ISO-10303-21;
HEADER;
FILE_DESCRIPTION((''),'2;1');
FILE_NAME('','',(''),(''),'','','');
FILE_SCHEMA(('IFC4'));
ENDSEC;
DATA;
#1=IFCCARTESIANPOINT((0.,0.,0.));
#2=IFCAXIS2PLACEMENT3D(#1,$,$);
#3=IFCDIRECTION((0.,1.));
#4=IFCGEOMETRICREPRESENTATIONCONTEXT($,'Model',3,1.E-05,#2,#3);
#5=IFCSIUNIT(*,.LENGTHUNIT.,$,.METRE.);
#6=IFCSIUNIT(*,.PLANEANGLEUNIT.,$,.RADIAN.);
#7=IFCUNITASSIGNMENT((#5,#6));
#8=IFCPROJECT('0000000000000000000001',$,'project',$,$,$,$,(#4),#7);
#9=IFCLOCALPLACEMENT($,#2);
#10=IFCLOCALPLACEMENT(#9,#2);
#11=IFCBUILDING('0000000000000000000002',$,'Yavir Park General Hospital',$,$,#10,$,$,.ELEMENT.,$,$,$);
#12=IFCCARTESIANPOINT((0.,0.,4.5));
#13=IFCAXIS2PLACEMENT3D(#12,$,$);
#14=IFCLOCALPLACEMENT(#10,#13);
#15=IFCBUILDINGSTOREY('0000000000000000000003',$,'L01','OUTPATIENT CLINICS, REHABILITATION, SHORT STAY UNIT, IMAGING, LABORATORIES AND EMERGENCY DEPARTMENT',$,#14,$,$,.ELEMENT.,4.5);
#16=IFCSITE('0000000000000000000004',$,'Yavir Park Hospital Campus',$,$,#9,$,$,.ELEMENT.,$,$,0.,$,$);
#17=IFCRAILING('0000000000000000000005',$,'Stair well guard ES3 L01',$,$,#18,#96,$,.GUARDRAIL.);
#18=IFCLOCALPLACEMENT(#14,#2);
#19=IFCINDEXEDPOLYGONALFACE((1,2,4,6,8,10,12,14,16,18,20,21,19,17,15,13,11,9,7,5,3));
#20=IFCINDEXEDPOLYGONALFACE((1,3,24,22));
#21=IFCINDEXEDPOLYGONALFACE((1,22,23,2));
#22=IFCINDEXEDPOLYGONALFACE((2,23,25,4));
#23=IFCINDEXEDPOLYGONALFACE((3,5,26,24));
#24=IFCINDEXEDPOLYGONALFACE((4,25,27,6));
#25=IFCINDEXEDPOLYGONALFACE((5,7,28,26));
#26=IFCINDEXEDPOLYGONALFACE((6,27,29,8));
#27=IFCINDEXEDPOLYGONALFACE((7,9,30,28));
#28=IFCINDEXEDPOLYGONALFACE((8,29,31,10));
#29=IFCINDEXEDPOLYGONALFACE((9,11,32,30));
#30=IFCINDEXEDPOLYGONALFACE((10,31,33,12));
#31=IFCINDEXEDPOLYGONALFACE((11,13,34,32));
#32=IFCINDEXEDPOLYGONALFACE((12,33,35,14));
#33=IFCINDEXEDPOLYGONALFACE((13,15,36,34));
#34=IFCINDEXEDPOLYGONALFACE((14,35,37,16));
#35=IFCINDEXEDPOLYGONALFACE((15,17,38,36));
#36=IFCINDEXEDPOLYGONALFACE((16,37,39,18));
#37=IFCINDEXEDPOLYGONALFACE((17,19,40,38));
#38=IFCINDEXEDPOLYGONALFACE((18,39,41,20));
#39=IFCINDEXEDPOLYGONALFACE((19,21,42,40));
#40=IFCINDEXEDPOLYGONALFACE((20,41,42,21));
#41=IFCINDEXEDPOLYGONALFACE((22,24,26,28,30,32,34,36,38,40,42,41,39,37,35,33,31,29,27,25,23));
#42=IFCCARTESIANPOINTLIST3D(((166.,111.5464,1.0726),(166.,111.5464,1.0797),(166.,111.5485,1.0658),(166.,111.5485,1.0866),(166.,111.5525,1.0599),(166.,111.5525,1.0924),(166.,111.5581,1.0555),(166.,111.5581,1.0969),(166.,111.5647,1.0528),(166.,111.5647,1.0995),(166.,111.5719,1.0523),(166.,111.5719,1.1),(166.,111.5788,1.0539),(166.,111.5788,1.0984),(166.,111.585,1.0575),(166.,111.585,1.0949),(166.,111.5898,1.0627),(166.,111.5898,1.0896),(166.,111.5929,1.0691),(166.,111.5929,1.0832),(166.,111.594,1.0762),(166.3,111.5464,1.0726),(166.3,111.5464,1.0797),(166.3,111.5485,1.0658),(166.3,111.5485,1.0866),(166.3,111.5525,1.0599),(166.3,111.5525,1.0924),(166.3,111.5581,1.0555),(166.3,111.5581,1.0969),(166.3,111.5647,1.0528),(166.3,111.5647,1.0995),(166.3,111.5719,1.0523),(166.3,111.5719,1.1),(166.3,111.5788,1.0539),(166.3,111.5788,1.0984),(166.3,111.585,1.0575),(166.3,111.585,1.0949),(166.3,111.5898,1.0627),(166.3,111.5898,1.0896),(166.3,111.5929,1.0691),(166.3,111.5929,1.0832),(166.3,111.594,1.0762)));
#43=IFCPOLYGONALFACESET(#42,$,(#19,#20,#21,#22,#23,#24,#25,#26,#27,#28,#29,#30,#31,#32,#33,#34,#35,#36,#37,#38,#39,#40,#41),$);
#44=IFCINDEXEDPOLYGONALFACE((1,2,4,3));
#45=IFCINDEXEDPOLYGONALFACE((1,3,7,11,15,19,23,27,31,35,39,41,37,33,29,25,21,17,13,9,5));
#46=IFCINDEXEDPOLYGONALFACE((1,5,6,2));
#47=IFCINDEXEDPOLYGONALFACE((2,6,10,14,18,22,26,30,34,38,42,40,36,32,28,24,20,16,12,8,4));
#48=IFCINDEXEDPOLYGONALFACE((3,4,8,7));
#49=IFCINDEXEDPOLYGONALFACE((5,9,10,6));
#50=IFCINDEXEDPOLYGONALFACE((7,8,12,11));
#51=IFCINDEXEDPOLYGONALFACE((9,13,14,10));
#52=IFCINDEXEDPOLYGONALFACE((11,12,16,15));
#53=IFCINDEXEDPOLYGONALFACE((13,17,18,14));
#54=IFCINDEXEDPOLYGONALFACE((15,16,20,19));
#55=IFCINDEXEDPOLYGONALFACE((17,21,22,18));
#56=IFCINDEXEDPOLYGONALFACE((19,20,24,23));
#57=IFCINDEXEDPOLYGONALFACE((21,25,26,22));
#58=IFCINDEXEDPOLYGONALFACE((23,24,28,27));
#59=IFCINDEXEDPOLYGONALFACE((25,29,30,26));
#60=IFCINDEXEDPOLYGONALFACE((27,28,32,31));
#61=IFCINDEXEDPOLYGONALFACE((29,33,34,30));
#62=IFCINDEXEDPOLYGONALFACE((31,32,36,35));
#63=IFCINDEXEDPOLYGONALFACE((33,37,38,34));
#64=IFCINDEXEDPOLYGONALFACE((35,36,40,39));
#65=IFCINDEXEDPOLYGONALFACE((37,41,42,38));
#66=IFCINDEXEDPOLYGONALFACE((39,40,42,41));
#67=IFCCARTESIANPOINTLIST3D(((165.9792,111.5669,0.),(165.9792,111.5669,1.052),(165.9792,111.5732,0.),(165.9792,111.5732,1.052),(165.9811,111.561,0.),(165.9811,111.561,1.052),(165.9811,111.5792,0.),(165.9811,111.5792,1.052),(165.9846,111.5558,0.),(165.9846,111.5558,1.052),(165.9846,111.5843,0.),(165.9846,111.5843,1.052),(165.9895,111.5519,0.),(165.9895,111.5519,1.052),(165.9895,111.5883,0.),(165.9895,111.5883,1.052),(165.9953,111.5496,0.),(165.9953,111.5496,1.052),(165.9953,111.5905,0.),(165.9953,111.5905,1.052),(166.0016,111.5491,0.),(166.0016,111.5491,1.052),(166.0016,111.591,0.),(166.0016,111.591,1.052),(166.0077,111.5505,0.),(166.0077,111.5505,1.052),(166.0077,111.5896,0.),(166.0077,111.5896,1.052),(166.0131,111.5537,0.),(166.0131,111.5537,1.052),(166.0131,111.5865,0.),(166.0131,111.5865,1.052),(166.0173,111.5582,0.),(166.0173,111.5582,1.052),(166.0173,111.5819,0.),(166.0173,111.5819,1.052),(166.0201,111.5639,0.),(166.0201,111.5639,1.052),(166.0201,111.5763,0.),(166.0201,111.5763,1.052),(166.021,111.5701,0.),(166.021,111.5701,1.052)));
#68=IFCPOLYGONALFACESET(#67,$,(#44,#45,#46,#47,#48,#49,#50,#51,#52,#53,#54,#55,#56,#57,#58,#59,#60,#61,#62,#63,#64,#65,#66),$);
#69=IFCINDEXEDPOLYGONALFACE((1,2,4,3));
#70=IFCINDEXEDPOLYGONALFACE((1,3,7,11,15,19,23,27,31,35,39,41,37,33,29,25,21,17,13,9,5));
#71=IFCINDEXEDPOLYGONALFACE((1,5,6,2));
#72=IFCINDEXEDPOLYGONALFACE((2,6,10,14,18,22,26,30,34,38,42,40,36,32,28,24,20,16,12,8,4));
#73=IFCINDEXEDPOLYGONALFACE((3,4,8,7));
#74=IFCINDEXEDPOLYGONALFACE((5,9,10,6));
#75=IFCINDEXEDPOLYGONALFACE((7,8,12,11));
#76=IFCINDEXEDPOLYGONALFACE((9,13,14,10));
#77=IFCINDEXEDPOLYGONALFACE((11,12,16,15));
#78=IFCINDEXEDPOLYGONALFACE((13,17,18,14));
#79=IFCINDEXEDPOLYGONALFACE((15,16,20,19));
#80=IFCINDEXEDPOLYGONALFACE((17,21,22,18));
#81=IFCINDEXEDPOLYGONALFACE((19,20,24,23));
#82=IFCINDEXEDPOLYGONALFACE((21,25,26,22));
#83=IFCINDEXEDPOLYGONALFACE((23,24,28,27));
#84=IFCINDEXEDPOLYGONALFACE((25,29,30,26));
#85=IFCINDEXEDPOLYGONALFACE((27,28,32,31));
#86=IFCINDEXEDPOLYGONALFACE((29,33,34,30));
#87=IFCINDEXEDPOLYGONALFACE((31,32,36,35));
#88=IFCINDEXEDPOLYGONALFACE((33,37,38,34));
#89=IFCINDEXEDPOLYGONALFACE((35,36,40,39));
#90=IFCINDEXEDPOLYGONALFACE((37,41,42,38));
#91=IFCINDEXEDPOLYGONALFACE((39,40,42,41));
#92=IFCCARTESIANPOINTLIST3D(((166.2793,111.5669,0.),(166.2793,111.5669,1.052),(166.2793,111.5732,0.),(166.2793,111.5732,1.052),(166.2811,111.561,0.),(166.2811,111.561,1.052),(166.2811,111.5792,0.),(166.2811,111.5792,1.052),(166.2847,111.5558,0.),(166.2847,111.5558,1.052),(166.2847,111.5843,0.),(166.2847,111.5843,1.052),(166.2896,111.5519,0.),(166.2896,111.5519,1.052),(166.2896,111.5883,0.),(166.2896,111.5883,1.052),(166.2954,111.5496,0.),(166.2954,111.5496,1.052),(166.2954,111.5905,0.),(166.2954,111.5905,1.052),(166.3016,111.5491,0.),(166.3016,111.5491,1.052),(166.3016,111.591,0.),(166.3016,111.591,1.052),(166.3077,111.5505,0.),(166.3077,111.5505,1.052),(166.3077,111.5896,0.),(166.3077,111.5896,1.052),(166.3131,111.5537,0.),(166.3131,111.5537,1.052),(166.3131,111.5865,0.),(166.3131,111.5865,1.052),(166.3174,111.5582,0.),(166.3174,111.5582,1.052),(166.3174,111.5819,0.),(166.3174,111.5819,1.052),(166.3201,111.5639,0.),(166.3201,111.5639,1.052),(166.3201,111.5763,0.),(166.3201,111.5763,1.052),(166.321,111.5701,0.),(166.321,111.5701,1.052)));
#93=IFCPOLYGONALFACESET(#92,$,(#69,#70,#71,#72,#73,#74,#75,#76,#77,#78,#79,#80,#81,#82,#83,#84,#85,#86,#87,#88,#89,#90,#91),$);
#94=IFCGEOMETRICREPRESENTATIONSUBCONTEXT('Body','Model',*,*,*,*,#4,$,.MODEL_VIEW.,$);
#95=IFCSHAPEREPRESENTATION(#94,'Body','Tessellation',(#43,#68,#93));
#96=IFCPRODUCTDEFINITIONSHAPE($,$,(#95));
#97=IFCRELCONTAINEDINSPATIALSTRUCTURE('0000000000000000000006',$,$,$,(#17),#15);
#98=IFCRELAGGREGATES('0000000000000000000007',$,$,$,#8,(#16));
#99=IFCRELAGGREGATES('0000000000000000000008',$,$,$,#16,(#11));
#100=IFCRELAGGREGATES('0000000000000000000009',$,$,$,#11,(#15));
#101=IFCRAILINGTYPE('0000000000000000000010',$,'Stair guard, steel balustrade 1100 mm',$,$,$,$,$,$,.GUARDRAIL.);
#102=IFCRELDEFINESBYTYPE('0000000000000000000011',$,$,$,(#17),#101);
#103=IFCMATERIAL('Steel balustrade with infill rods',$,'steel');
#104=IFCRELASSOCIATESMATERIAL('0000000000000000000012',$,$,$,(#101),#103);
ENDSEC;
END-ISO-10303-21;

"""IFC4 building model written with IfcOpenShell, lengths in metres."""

from ifc_helpers import new_model, si_unit, direction, frame, origin, origin_2d, place, context, subcontext, project, spatial, circle, extrude, material, type_object, element, save


model = new_model("IFC4")

# Units and contexts
model_context = context("Model", 3, precision=1e-05, world=origin(), true_north=direction((0.0, 1.0)))
body_context = subcontext(model_context, "Body", "Model", "MODEL_VIEW")
ifc_project = project(units=[si_unit("LENGTHUNIT", "METRE"), si_unit("PLANEANGLEUNIT", "RADIAN")], contexts=[model_context])

# Site, building, storey
site_placement = place(None, origin())
site = spatial("IfcSite", under=ifc_project, at=site_placement, Name="Yavir Park Hospital Campus", CompositionType="ELEMENT", RefElevation=0.0)
building_placement = place(site_placement, origin())
building = spatial("IfcBuilding", under=site, at=building_placement, Name="Yavir Park General Hospital", CompositionType="ELEMENT")
storey_placement = place(building_placement, frame((0.0, 0.0, 4.5)))
storey = spatial("IfcBuildingStorey", under=building, at=storey_placement, Name="L01", Description="OUTPATIENT CLINICS, REHABILITATION, SHORT STAY UNIT, IMAGING, LABORATORIES AND EMERGENCY DEPARTMENT", CompositionType="ELEMENT", Elevation=4.5)

# Railing
ifc_material_1 = material(Name="Steel balustrade with infill rods", Category="steel")
railing_type_1 = type_object("IfcRailingType", Name="Stair guard, steel balustrade 1100 mm", PredefinedType="GUARDRAIL", material=ifc_material_1)
railing_placement = place(storey_placement, frame((166.0, 111.5701, 0.0)))
element("IfcRailing", 1, at=railing_placement, inside=storey, type_object=railing_type_1, Name="Stair well guard ES3 L01", PredefinedType="GUARDRAIL", context=body_context, shape_type="SweptSolid", body=[
    extrude(circle(Radius=0.0239, at=origin_2d()), frame((0.0, 0.0, 1.0762), z_axis=(1.0, 0.0, 0.0), x_axis=(0.0, 1.0, 0.0)), (0.0, 0.0, 1.0), 0.3),
    extrude(circle(Radius=0.021, at=origin_2d()), origin(), (0.0, 0.0, 1.0), 1.052),
    extrude(circle(Radius=0.021, at=origin_2d()), frame((0.3, 0.0, 0.0)), (0.0, 0.0, 1.0), 1.052),
])

save(model, "model.ifc")
